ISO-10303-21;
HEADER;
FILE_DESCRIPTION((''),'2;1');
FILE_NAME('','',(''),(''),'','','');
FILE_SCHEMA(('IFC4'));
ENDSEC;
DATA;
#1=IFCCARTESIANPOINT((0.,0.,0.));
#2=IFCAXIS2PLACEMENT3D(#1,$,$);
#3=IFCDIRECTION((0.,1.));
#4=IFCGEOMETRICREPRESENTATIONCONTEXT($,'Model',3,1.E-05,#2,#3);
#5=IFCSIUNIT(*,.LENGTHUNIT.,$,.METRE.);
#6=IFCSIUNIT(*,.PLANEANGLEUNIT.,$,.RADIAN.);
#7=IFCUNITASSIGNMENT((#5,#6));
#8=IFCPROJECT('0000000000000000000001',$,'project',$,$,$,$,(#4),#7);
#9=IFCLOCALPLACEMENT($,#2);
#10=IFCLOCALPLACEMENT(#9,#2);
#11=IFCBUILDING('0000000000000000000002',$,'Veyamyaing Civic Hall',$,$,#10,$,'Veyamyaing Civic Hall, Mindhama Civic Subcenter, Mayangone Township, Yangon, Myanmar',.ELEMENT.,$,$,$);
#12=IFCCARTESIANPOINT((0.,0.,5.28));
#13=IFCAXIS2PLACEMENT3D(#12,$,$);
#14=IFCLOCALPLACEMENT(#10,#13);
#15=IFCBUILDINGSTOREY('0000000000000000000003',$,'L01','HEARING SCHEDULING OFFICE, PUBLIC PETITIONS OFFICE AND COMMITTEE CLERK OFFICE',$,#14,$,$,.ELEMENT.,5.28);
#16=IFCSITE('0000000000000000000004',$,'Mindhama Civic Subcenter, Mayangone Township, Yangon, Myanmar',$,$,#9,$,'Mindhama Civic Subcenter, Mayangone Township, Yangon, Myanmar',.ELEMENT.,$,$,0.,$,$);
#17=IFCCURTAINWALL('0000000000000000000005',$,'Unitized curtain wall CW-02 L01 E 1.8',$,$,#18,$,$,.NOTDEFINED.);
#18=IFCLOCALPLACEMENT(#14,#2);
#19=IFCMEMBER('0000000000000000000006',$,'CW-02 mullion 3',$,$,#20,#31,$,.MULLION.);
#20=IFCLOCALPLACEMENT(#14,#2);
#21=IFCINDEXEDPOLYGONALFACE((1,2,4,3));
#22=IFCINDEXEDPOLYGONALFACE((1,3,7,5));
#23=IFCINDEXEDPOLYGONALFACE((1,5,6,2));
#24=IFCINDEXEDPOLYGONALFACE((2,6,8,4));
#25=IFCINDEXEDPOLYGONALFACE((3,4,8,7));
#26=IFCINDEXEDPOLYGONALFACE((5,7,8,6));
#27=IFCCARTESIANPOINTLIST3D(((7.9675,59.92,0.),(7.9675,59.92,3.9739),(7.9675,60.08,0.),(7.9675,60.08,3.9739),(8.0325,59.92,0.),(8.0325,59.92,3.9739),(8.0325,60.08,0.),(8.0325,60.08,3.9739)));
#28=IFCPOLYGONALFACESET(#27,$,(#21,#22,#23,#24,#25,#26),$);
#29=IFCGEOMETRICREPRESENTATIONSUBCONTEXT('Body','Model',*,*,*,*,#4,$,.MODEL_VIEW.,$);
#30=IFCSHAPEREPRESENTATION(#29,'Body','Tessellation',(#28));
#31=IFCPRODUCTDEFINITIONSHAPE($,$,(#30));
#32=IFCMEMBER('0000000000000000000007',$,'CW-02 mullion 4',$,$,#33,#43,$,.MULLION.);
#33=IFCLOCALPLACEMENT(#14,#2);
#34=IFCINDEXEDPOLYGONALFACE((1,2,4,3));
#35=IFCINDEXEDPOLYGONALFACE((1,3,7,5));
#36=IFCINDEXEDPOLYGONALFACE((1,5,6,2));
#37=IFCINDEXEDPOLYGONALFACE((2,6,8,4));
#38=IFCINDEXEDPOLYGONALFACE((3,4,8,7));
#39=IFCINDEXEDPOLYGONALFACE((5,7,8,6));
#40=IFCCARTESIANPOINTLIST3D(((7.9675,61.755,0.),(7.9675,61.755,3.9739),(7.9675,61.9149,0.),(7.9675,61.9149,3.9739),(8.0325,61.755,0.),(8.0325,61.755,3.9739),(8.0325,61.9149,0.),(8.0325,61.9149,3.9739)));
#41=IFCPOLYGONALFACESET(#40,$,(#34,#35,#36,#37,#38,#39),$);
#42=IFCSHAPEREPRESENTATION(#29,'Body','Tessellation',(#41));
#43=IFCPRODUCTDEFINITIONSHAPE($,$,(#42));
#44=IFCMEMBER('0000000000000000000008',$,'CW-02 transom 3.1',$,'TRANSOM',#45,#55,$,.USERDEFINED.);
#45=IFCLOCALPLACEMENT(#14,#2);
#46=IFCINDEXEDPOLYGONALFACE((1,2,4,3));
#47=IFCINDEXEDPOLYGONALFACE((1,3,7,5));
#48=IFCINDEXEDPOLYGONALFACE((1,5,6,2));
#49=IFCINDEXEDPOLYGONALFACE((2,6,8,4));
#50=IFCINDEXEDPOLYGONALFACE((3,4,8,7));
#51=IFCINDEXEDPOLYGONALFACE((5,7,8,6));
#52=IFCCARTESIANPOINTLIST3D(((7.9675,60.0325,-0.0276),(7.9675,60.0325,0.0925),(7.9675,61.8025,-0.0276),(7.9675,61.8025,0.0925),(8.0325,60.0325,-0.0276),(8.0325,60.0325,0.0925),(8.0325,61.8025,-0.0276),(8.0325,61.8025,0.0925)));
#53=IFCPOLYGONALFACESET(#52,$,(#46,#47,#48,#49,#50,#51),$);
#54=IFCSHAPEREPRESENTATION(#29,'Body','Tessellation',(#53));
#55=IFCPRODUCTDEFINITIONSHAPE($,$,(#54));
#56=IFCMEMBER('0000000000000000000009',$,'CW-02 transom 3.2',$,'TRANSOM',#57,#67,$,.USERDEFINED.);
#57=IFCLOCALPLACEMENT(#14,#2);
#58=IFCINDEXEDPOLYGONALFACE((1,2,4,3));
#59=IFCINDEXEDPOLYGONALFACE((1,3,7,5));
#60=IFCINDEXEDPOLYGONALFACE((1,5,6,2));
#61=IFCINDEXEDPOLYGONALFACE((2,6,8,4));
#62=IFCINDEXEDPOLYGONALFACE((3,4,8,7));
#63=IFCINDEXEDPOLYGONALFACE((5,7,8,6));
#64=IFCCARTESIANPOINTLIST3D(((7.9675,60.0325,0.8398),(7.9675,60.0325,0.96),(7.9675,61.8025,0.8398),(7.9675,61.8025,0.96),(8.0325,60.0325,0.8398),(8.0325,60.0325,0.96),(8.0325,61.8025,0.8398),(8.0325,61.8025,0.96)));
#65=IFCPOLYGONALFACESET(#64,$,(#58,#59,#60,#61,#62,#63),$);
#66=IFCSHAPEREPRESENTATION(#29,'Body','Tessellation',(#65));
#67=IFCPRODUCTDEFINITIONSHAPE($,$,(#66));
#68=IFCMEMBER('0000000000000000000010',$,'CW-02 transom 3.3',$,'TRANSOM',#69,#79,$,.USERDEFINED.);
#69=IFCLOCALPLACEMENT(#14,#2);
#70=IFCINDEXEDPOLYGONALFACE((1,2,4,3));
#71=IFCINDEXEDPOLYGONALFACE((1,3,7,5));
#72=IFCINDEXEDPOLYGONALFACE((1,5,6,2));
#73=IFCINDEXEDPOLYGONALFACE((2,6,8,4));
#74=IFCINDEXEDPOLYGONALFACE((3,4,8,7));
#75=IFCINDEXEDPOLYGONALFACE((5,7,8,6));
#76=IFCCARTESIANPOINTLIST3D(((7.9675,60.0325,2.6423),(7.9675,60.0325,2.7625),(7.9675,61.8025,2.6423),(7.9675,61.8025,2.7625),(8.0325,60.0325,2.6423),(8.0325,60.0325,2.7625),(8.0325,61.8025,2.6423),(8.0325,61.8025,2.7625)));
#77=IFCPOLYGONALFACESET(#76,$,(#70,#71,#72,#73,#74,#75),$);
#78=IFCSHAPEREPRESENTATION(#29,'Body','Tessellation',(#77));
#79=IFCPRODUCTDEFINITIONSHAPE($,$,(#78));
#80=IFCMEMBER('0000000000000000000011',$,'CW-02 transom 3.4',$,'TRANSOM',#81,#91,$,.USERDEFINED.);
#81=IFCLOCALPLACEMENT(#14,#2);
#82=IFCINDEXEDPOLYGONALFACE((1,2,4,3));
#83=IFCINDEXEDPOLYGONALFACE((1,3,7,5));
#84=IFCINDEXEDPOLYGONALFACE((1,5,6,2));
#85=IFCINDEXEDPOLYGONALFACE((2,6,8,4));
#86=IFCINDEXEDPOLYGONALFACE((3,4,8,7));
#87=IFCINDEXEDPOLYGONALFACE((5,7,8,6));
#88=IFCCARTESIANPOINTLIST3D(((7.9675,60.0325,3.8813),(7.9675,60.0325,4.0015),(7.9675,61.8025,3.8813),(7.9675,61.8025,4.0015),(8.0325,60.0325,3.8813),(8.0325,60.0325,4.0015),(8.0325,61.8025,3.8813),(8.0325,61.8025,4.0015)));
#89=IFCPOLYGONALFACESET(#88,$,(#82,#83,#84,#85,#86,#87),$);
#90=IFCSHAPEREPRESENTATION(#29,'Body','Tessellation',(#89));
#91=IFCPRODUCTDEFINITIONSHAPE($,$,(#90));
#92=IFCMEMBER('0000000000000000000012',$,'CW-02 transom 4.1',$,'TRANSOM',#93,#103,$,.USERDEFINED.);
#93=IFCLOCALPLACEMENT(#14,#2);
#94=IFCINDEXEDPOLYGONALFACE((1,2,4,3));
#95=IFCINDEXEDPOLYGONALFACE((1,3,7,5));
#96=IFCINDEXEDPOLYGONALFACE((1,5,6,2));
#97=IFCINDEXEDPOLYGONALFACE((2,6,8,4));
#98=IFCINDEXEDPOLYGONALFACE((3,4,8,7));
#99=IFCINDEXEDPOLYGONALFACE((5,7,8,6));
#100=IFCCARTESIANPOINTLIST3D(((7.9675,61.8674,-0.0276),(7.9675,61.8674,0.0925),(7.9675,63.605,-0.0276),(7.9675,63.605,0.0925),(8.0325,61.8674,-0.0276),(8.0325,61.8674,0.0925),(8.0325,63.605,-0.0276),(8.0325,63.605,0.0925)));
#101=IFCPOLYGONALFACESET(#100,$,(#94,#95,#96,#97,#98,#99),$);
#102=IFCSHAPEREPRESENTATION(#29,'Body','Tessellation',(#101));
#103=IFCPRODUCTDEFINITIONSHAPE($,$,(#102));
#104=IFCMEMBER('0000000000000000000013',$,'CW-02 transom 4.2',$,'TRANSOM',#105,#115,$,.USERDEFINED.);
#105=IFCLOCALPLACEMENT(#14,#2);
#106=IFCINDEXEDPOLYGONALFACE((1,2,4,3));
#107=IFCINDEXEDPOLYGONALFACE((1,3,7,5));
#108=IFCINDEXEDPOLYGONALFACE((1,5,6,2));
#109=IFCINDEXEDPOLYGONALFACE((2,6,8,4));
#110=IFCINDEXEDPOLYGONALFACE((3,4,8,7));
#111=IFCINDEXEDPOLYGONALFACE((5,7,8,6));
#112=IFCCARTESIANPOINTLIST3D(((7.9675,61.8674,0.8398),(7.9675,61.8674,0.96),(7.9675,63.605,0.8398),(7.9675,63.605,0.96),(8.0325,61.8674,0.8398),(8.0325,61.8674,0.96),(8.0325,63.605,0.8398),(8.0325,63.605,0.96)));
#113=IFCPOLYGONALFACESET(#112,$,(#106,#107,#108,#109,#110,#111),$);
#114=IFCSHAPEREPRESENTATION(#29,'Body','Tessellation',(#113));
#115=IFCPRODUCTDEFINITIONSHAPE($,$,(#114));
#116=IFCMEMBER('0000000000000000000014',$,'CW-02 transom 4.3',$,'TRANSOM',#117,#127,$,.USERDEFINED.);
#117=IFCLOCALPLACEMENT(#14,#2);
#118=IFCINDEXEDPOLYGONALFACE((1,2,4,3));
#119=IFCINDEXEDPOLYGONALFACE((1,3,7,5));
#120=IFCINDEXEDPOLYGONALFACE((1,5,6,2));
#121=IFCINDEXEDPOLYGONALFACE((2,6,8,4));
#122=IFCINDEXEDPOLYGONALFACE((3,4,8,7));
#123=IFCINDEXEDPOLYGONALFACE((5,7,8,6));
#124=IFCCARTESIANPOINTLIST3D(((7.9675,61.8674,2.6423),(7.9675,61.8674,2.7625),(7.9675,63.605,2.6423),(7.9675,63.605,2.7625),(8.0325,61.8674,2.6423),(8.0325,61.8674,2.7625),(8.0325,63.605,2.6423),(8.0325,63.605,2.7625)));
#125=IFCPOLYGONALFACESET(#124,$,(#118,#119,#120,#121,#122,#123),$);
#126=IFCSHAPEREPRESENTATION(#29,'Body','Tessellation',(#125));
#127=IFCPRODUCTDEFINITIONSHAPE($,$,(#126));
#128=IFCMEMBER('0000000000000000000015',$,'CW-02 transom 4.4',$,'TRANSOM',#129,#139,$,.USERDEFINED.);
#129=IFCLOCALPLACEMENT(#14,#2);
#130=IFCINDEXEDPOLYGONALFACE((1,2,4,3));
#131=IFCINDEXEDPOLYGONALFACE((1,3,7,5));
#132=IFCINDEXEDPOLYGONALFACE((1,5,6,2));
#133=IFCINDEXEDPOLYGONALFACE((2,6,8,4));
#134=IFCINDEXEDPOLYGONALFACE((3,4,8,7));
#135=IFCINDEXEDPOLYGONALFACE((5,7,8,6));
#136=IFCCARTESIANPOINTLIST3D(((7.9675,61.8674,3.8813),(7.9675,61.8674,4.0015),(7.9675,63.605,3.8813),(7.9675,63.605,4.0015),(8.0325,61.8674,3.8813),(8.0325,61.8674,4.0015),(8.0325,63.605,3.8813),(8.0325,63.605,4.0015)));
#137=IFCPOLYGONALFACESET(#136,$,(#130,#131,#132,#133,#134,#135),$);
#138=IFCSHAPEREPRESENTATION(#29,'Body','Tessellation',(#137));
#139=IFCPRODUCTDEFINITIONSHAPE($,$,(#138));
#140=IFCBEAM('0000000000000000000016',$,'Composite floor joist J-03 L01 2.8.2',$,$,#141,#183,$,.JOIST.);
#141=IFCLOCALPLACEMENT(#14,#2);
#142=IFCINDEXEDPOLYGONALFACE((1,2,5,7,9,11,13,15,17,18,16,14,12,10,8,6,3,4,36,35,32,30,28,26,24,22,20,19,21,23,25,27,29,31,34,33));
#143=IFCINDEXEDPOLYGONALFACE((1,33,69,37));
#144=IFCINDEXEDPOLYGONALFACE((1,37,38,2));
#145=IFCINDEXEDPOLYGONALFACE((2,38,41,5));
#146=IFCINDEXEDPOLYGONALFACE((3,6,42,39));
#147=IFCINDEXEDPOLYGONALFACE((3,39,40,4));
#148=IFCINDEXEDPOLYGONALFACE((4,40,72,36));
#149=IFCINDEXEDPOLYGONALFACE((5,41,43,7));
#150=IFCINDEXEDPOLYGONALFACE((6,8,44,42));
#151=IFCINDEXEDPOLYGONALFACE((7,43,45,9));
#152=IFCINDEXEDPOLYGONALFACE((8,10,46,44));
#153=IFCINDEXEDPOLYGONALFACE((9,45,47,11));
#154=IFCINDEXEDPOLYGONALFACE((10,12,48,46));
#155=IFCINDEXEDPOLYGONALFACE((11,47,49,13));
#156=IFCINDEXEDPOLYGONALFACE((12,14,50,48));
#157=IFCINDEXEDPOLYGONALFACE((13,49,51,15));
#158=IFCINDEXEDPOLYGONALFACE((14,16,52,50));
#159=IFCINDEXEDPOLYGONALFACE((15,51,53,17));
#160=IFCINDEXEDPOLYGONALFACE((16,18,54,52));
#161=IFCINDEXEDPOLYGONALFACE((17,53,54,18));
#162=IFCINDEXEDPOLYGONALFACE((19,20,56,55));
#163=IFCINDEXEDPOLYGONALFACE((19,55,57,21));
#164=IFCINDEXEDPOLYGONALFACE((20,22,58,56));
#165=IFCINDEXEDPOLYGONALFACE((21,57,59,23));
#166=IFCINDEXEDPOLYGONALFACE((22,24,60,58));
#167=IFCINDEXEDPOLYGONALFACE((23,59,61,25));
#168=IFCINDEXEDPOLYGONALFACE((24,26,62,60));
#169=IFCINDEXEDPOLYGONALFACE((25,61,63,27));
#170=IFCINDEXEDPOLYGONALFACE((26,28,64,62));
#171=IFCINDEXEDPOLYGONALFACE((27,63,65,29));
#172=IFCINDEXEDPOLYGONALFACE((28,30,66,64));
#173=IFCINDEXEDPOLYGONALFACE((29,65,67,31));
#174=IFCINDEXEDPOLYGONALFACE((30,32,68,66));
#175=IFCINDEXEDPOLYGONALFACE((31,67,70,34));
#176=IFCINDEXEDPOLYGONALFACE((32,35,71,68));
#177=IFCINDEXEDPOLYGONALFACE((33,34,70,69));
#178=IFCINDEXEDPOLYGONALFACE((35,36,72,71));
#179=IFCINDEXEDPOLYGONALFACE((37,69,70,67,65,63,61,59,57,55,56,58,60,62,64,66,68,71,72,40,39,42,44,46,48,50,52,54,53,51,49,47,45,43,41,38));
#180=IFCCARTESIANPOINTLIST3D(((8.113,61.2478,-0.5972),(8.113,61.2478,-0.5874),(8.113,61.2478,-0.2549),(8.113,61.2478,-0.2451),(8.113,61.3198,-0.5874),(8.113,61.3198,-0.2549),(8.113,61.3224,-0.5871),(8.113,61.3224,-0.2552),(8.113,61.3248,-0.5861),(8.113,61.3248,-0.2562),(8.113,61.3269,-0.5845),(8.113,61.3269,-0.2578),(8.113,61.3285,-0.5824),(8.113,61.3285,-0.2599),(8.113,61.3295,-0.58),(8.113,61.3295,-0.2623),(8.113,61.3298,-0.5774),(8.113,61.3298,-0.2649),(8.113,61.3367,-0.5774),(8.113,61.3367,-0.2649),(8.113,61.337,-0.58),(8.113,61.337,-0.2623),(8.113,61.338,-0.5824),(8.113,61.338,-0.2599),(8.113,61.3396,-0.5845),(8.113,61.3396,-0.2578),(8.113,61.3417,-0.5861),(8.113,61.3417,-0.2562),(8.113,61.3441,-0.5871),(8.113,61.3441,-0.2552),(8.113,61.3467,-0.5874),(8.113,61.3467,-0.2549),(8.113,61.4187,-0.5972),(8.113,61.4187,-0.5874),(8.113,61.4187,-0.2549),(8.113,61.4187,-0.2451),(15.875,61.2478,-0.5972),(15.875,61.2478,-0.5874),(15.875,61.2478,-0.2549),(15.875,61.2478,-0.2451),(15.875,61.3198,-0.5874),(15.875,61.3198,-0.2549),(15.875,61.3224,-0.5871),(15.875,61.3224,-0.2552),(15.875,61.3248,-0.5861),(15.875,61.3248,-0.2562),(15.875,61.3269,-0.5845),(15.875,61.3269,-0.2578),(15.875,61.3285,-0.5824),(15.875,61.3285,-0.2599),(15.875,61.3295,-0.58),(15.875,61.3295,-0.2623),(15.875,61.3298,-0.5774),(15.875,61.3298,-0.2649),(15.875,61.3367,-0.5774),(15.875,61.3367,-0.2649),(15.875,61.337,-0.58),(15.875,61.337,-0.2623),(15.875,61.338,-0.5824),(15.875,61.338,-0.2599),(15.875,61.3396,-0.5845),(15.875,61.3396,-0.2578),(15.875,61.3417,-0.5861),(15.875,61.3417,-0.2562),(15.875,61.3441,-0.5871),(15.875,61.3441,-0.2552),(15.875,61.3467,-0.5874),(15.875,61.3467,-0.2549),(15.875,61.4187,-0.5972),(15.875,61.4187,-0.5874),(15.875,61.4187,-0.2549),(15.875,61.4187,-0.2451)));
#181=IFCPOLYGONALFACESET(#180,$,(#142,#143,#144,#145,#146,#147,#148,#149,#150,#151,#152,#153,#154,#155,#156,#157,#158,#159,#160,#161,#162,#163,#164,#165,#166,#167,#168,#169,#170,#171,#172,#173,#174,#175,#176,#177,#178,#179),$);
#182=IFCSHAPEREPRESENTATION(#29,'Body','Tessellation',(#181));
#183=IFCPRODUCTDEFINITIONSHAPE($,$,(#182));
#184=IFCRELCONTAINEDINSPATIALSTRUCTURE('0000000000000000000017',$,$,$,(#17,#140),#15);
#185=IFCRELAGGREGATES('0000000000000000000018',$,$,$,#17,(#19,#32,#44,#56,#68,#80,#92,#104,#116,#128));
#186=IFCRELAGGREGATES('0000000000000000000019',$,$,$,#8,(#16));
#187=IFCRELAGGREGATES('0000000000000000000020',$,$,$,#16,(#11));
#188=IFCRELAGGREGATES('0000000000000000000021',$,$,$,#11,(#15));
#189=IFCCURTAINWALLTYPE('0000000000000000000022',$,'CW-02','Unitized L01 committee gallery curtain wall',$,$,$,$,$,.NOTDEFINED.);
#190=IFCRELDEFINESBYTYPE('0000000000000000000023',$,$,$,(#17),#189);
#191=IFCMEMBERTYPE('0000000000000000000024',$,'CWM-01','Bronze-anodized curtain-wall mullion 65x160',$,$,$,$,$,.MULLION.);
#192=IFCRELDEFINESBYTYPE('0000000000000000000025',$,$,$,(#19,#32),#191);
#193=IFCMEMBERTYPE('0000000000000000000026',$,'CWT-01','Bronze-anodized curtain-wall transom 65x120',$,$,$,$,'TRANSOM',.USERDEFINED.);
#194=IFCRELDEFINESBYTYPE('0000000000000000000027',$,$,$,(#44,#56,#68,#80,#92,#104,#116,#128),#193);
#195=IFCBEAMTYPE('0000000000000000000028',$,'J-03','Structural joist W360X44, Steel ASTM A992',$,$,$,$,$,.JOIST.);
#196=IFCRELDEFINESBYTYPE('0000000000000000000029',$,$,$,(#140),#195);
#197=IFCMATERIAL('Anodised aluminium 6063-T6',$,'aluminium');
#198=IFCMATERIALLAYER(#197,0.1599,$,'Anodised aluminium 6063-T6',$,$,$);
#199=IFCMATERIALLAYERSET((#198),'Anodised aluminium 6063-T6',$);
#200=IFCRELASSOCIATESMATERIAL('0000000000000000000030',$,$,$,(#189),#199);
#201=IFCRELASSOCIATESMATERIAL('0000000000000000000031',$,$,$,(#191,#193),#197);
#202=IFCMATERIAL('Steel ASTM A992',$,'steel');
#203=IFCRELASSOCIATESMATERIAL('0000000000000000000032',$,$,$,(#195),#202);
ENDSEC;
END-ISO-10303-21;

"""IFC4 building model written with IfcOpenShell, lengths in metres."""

from ifc_helpers import new_model, si_unit, direction, frame, origin, origin_2d, place, context, subcontext, project, spatial, rectangle, i_section, extrude, material, layer, layer_set, material_profile, profile_set, type_object, element, aggregate, save


model = new_model("IFC4")

# Units and contexts
model_context = context("Model", 3, precision=1e-05, world=origin(), true_north=direction((0.0, 1.0)))
body_context = subcontext(model_context, "Body", "Model", "MODEL_VIEW")
ifc_project = project(units=[si_unit("LENGTHUNIT", "METRE"), si_unit("PLANEANGLEUNIT", "RADIAN")], contexts=[model_context])

# Site, building, storey
site_placement = place(None, origin())
site = spatial("IfcSite", under=ifc_project, at=site_placement, Name="Mindhama Civic Subcenter, Mayangone Township, Yangon, Myanmar", LongName="Mindhama Civic Subcenter, Mayangone Township, Yangon, Myanmar", CompositionType="ELEMENT", RefElevation=0.0)
building_placement = place(site_placement, origin())
building = spatial("IfcBuilding", under=site, at=building_placement, Name="Veyamyaing Civic Hall", LongName="Veyamyaing Civic Hall, Mindhama Civic Subcenter, Mayangone Township, Yangon, Myanmar", CompositionType="ELEMENT")
storey_placement = place(building_placement, frame((0.0, 0.0, 5.28)))
storey = spatial("IfcBuildingStorey", under=building, at=storey_placement, Name="L01", Description="HEARING SCHEDULING OFFICE, PUBLIC PETITIONS OFFICE AND COMMITTEE CLERK OFFICE", CompositionType="ELEMENT", Elevation=5.28)

# Curtain wall, members
ifc_material_1 = material(Name="Anodised aluminium 6063-T6", Category="aluminium")
ifc_layer_1 = layer(ifc_material_1, 0.1599, Name="Anodised aluminium 6063-T6")
ifc_layer_set_1 = layer_set([ifc_layer_1], Name="Anodised aluminium 6063-T6")
curtain_wall_type = type_object("IfcCurtainWallType", Name="CW-02", Description="Unitized L01 committee gallery curtain wall", PredefinedType="NOTDEFINED", material=ifc_layer_set_1)
curtain_wall_placement = place(storey_placement, origin())
curtain_wall = element("IfcCurtainWall", 1, at=curtain_wall_placement, inside=storey, type_object=curtain_wall_type, Name="Unitized curtain wall CW-02 L01 E 1.8", PredefinedType="NOTDEFINED")
ifc_material_profile_1 = material_profile(ifc_material_1, rectangle(XDim=0.0649, YDim=0.1599, at=origin_2d()), Name="ALU-MUL-65X160")
ifc_profile_set_1 = profile_set([ifc_material_profile_1], Name="Anodised aluminium 6063-T6")
member_type_1 = type_object("IfcMemberType", Name="CWM-01", Description="Bronze-anodized curtain-wall mullion 65x160", PredefinedType="MULLION", material=ifc_profile_set_1)
member_1_placement = place(storey_placement, frame((8.0, 60.0, 0.0), z_axis=(0.0, 0.0, 1.0), x_axis=(-1.0, 0.0, 0.0)))
member_1 = element("IfcMember", 2, at=member_1_placement, type_object=member_type_1, Name="CW-02 mullion 3", PredefinedType="MULLION", context=body_context, shape_type="SweptSolid", body=[
    extrude(rectangle(XDim=0.0649, YDim=0.1599, at=origin_2d()), origin(), (0.0, 0.0, 1.0), 3.9739),
])
member_2_placement = place(storey_placement, frame((8.0, 61.835, 0.0), z_axis=(0.0, 0.0, 1.0), x_axis=(-1.0, 0.0, 0.0)))
member_2 = element("IfcMember", 3, at=member_2_placement, type_object=member_type_1, Name="CW-02 mullion 4", PredefinedType="MULLION", context=body_context, shape_type="SweptSolid", body=[
    extrude(rectangle(XDim=0.0649, YDim=0.1599, at=origin_2d()), origin(), (0.0, 0.0, 1.0), 3.9739),
])
ifc_material_profile_2 = material_profile(ifc_material_1, rectangle(XDim=0.0649, YDim=0.1201, at=origin_2d()), Name="ALU-TRN-65X120")
ifc_profile_set_2 = profile_set([ifc_material_profile_2], Name="Anodised aluminium 6063-T6")
member_type_2 = type_object("IfcMemberType", Name="CWT-01", Description="Bronze-anodized curtain-wall transom 65x120", ElementType="TRANSOM", PredefinedType="USERDEFINED", material=ifc_profile_set_2)
member_3_placement = place(storey_placement, frame((8.0, 60.0325, 0.0325), z_axis=(0.0, 1.0, 0.0), x_axis=(-1.0, 0.0, 0.0)))
member_3 = element("IfcMember", 4, at=member_3_placement, type_object=member_type_2, Name="CW-02 transom 3.1", ObjectType="TRANSOM", PredefinedType="USERDEFINED", context=body_context, shape_type="SweptSolid", body=[
    extrude(rectangle(XDim=0.0649, YDim=0.1201, at=origin_2d()), origin(), (0.0, 0.0, 1.0), 1.77),
])
member_4_placement = place(storey_placement, frame((8.0, 60.0325, 0.8999), z_axis=(0.0, 1.0, 0.0), x_axis=(-1.0, 0.0, 0.0)))
member_4 = element("IfcMember", 5, at=member_4_placement, type_object=member_type_2, Name="CW-02 transom 3.2", ObjectType="TRANSOM", PredefinedType="USERDEFINED", context=body_context, shape_type="SweptSolid", body=[
    extrude(rectangle(XDim=0.0649, YDim=0.1201, at=origin_2d()), origin(), (0.0, 0.0, 1.0), 1.77),
])
member_5_placement = place(storey_placement, frame((8.0, 60.0325, 2.7024), z_axis=(0.0, 1.0, 0.0), x_axis=(-1.0, 0.0, 0.0)))
member_5 = element("IfcMember", 6, at=member_5_placement, type_object=member_type_2, Name="CW-02 transom 3.3", ObjectType="TRANSOM", PredefinedType="USERDEFINED", context=body_context, shape_type="SweptSolid", body=[
    extrude(rectangle(XDim=0.0649, YDim=0.1201, at=origin_2d()), origin(), (0.0, 0.0, 1.0), 1.77),
])
member_6_placement = place(storey_placement, frame((8.0, 60.0325, 3.9414), z_axis=(0.0, 1.0, 0.0), x_axis=(-1.0, 0.0, 0.0)))
member_6 = element("IfcMember", 7, at=member_6_placement, type_object=member_type_2, Name="CW-02 transom 3.4", ObjectType="TRANSOM", PredefinedType="USERDEFINED", context=body_context, shape_type="SweptSolid", body=[
    extrude(rectangle(XDim=0.0649, YDim=0.1201, at=origin_2d()), origin(), (0.0, 0.0, 1.0), 1.77),
])
member_7_placement = place(storey_placement, frame((8.0, 61.8674, 0.0325), z_axis=(0.0, 1.0, 0.0), x_axis=(-1.0, 0.0, 0.0)))
member_7 = element("IfcMember", 8, at=member_7_placement, type_object=member_type_2, Name="CW-02 transom 4.1", ObjectType="TRANSOM", PredefinedType="USERDEFINED", context=body_context, shape_type="SweptSolid", body=[
    extrude(rectangle(XDim=0.0649, YDim=0.1201, at=origin_2d()), origin(), (0.0, 0.0, 1.0), 1.7375),
])
member_8_placement = place(storey_placement, frame((8.0, 61.8674, 0.8999), z_axis=(0.0, 1.0, 0.0), x_axis=(-1.0, 0.0, 0.0)))
member_8 = element("IfcMember", 9, at=member_8_placement, type_object=member_type_2, Name="CW-02 transom 4.2", ObjectType="TRANSOM", PredefinedType="USERDEFINED", context=body_context, shape_type="SweptSolid", body=[
    extrude(rectangle(XDim=0.0649, YDim=0.1201, at=origin_2d()), origin(), (0.0, 0.0, 1.0), 1.7375),
])
member_9_placement = place(storey_placement, frame((8.0, 61.8674, 2.7024), z_axis=(0.0, 1.0, 0.0), x_axis=(-1.0, 0.0, 0.0)))
member_9 = element("IfcMember", 10, at=member_9_placement, type_object=member_type_2, Name="CW-02 transom 4.3", ObjectType="TRANSOM", PredefinedType="USERDEFINED", context=body_context, shape_type="SweptSolid", body=[
    extrude(rectangle(XDim=0.0649, YDim=0.1201, at=origin_2d()), origin(), (0.0, 0.0, 1.0), 1.7375),
])
member_10_placement = place(storey_placement, frame((8.0, 61.8674, 3.9414), z_axis=(0.0, 1.0, 0.0), x_axis=(-1.0, 0.0, 0.0)))
member_10 = element("IfcMember", 11, at=member_10_placement, type_object=member_type_2, Name="CW-02 transom 4.4", ObjectType="TRANSOM", PredefinedType="USERDEFINED", context=body_context, shape_type="SweptSolid", body=[
    extrude(rectangle(XDim=0.0649, YDim=0.1201, at=origin_2d()), origin(), (0.0, 0.0, 1.0), 1.7375),
])

# Beam
ifc_material_2 = material(Name="Steel ASTM A992", Category="steel")
ifc_material_profile_3 = material_profile(ifc_material_2, i_section(OverallWidth=0.1709, OverallDepth=0.3521, WebThickness=0.0068, FlangeThickness=0.0098, FilletRadius=0.01, at=origin_2d()), Name="W360X44")
ifc_profile_set_3 = profile_set([ifc_material_profile_3], Name="Steel ASTM A992")
beam_type = type_object("IfcBeamType", Name="J-03", Description="Structural joist W360X44, Steel ASTM A992", PredefinedType="JOIST", material=ifc_profile_set_3)
beam_placement = place(storey_placement, frame((8.113, 61.3333, -0.4211), z_axis=(1.0, 0.0, 0.0), x_axis=(0.0, 1.0, 0.0)))
element("IfcBeam", 12, at=beam_placement, inside=storey, type_object=beam_type, Name="Composite floor joist J-03 L01 2.8.2", PredefinedType="JOIST", context=body_context, shape_type="SweptSolid", body=[
    extrude(i_section(OverallWidth=0.1709, OverallDepth=0.3521, WebThickness=0.0068, FlangeThickness=0.0098, FilletRadius=0.01, at=origin_2d()), origin(), (0.0, 0.0, 1.0), 7.762),
])

aggregate(curtain_wall, [member_1, member_2, member_3, member_4, member_5, member_6, member_7, member_8, member_9, member_10])

save(model, "model.ifc")
